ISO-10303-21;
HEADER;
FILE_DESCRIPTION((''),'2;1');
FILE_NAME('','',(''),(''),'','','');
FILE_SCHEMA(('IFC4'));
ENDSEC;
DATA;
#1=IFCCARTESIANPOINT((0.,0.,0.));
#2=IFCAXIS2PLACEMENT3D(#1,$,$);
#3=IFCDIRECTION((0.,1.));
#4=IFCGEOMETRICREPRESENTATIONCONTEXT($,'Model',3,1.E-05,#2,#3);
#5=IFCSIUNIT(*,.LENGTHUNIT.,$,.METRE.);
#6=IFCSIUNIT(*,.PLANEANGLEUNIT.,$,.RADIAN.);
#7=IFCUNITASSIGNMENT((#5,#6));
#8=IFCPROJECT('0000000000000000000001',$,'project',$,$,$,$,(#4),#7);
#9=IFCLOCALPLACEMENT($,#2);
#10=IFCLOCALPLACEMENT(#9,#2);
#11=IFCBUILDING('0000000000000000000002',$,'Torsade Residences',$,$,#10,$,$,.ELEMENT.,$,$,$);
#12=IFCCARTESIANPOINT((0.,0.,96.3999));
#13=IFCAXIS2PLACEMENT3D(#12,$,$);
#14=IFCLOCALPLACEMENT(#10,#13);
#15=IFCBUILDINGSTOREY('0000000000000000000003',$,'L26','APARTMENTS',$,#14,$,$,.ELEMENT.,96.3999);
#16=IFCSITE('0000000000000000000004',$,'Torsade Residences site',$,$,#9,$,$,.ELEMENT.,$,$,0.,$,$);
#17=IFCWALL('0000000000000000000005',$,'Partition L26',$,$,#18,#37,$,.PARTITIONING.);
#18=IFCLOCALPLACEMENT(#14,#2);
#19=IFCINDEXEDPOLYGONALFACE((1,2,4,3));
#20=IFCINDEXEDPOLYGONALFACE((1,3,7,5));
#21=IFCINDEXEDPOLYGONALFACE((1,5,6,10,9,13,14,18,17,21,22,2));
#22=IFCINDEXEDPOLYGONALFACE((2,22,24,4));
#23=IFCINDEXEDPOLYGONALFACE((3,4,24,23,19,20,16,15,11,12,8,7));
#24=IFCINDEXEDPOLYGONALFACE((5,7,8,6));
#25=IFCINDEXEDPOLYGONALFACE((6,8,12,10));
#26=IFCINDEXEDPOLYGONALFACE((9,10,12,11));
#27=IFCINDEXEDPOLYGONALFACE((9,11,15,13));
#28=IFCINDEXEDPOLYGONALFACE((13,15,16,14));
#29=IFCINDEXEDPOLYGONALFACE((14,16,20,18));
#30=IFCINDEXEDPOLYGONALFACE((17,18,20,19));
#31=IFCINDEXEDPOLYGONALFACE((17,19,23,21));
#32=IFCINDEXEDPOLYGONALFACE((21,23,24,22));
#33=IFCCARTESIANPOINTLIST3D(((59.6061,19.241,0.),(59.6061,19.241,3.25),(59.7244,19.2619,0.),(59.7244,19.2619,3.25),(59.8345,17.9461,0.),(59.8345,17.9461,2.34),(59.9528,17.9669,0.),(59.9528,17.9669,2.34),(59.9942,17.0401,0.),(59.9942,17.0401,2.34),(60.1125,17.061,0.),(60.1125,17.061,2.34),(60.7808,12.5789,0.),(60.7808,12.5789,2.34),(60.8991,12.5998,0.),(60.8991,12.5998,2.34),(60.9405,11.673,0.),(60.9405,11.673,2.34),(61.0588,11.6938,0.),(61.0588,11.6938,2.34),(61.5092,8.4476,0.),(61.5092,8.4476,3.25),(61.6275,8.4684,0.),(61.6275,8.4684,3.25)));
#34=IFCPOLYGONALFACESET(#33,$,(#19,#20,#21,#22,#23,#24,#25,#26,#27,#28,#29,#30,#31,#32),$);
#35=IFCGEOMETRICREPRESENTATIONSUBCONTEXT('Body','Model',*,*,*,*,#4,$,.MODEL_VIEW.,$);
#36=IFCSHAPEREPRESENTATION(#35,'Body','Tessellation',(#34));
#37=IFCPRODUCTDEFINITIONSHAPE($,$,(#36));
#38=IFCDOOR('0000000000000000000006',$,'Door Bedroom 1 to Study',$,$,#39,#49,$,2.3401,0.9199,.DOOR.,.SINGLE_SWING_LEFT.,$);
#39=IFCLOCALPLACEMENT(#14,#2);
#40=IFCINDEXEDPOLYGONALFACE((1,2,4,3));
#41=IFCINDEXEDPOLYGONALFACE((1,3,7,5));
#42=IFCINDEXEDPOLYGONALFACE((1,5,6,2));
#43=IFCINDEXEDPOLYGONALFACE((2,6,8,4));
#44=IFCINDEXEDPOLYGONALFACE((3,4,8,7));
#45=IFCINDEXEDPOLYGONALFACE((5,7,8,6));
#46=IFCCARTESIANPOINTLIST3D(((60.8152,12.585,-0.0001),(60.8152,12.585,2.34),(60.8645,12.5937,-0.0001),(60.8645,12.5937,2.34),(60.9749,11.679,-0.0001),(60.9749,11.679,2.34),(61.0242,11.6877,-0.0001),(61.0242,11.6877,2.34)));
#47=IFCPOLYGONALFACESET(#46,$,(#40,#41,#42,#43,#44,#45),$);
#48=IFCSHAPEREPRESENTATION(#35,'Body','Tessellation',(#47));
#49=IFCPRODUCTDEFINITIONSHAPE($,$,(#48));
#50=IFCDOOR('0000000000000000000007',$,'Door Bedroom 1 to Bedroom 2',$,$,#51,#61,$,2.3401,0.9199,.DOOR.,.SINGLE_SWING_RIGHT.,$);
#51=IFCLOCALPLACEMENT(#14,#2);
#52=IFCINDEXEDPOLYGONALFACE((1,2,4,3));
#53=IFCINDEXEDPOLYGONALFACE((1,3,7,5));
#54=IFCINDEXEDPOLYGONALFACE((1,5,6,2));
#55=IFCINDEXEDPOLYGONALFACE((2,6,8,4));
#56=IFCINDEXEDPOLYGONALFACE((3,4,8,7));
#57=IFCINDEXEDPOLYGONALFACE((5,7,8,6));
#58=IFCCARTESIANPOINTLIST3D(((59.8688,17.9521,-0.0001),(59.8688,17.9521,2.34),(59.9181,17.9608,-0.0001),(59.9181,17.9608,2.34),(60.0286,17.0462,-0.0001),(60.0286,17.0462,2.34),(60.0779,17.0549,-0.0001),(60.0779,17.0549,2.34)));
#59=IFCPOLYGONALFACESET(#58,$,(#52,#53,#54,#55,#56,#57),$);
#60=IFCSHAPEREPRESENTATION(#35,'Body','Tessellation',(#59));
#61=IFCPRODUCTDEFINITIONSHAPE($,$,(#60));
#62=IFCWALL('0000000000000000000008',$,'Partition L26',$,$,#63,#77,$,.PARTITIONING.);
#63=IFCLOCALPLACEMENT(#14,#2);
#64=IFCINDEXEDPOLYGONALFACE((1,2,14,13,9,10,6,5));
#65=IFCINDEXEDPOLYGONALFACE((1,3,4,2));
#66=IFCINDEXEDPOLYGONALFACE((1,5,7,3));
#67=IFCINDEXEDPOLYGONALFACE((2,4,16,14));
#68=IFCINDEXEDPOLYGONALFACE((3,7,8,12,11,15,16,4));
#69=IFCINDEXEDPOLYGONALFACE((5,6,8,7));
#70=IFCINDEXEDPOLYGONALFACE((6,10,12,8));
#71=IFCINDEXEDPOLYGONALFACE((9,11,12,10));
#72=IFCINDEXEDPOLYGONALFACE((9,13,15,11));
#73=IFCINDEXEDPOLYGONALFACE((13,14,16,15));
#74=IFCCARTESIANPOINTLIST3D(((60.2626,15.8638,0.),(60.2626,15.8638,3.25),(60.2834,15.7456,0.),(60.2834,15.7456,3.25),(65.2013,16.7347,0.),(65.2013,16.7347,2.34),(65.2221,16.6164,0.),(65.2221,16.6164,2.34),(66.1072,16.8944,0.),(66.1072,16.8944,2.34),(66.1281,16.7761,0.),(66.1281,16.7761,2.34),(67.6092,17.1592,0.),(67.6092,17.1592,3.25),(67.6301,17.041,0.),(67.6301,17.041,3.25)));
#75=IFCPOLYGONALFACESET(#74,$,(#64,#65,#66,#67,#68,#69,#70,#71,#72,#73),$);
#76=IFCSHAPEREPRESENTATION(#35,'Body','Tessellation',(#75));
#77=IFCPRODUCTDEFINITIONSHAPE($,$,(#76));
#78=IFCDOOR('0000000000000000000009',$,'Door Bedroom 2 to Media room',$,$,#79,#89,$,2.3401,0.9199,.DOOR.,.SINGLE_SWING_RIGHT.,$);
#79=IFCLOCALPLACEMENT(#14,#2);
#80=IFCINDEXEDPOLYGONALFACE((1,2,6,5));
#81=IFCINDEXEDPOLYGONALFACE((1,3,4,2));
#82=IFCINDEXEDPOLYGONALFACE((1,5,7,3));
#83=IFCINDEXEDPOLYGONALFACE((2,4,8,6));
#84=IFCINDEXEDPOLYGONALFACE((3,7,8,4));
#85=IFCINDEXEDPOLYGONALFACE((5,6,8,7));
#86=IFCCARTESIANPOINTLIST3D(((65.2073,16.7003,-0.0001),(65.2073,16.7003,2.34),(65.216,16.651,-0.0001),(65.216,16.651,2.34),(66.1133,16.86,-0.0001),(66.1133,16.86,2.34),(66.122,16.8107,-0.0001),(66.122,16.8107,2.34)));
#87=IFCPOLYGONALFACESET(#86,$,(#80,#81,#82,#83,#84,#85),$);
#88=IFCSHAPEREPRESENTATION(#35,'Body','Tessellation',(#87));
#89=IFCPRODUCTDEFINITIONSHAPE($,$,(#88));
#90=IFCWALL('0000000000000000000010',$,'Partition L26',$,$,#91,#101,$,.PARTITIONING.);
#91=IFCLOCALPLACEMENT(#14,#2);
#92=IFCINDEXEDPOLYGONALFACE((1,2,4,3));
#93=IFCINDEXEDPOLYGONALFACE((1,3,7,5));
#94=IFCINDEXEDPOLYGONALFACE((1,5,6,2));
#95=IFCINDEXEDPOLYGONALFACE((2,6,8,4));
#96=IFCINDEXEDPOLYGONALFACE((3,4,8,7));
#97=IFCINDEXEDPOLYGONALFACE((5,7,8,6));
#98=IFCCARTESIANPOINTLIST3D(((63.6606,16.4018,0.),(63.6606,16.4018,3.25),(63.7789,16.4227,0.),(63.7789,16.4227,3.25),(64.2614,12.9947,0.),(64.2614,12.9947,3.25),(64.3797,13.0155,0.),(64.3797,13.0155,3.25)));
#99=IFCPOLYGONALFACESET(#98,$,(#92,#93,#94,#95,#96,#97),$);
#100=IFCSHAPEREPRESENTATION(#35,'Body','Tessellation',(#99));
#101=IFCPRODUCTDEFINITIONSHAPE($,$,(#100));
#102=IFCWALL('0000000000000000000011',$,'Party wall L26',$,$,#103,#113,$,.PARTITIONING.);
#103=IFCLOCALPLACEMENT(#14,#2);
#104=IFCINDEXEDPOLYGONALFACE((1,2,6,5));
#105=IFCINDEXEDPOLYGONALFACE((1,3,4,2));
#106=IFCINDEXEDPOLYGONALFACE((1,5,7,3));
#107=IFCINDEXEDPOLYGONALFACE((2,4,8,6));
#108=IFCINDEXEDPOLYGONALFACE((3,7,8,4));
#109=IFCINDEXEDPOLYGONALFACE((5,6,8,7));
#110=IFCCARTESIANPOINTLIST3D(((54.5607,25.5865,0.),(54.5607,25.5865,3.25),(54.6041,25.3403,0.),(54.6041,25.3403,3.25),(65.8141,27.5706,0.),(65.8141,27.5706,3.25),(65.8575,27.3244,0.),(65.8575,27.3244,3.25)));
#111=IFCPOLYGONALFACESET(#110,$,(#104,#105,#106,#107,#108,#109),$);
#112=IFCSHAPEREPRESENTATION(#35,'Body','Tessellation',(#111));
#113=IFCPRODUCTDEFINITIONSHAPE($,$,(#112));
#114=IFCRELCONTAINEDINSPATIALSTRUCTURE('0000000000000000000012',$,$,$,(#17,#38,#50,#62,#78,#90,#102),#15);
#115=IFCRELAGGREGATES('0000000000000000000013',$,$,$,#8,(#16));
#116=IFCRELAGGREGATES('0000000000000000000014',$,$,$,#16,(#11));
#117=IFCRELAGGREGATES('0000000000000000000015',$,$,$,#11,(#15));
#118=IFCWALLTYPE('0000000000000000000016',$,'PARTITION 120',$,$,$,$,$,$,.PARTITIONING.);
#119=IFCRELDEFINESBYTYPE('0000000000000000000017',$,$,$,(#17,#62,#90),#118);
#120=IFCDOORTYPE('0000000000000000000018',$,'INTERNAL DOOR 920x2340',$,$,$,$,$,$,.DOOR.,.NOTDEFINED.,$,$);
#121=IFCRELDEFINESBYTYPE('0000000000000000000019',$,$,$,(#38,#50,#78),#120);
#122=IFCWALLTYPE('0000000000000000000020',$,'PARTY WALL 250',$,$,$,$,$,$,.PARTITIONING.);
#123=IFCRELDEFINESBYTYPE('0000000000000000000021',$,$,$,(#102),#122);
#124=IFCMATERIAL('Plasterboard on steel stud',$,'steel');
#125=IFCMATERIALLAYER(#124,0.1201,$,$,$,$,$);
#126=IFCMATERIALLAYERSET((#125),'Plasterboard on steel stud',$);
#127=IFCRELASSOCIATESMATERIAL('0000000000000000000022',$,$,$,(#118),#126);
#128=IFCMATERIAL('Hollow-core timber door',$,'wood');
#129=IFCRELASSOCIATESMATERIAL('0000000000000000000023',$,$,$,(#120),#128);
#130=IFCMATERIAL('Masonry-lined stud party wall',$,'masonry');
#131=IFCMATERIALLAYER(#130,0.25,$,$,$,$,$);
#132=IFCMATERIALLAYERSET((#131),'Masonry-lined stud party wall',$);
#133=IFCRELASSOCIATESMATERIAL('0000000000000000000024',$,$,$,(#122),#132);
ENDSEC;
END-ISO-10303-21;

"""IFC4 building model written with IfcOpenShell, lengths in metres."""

from ifc_helpers import new_model, si_unit, direction, frame, frame_2d, origin, place, context, subcontext, project, spatial, rectangle, extrude, material, layer, layer_set, type_object, element, fill, save


model = new_model("IFC4")

# Units and contexts
model_context = context("Model", 3, precision=1e-05, world=origin(), true_north=direction((0.0, 1.0)))
body_context = subcontext(model_context, "Body", "Model", "MODEL_VIEW")
ifc_project = project(units=[si_unit("LENGTHUNIT", "METRE"), si_unit("PLANEANGLEUNIT", "RADIAN")], contexts=[model_context])

# Site, building, storey
site_placement = place(None, origin())
site = spatial("IfcSite", under=ifc_project, at=site_placement, Name="Torsade Residences site", CompositionType="ELEMENT", RefElevation=0.0)
building_placement = place(site_placement, origin())
building = spatial("IfcBuilding", under=site, at=building_placement, Name="Torsade Residences", CompositionType="ELEMENT")
storey_placement = place(building_placement, frame((0.0, 0.0, 96.3999)))
storey = spatial("IfcBuildingStorey", under=building, at=storey_placement, Name="L26", Description="APARTMENTS", CompositionType="ELEMENT", Elevation=96.3999)

# Shared definitions
ifc_material_1 = material(Name="Plasterboard on steel stud", Category="steel")
ifc_layer_1 = layer(ifc_material_1, 0.1201)
ifc_layer_set_1 = layer_set([ifc_layer_1], Name="Plasterboard on steel stud")
wall_type_1 = type_object("IfcWallType", Name="PARTITION 120", PredefinedType="PARTITIONING", material=ifc_layer_set_1)

# Shared definitions
ifc_material_2 = material(Name="Hollow-core timber door", Category="wood")
door_type_1 = type_object("IfcDoorType", Name="INTERNAL DOOR 920x2340", OperationType="NOTDEFINED", PredefinedType="DOOR", material=ifc_material_2)

# Wall, openings, doors
wall_1_placement = place(storey_placement, frame((59.6653, 19.2515, 0.0), z_axis=(0.0, 0.0, 1.0), x_axis=(0.173639, -0.984809, 0.0)))
wall_1 = element("IfcWall", 1, at=wall_1_placement, inside=storey, type_object=wall_type_1, Name="Partition L26", PredefinedType="PARTITIONING", context=body_context, shape_type="SweptSolid", body=[
    extrude(rectangle(XDim=10.96, YDim=0.1201, at=frame_2d((5.48, 0.0))), origin(), (0.0, 0.0, 1.0), 3.25),
])
opening_1_placement = place(wall_1_placement, frame((6.7649, 0.0, 0.0)))
opening_1 = element("IfcOpeningElement", 2, at=opening_1_placement, cuts=wall_1, PredefinedType="OPENING", context=body_context, shape_type="SweptSolid", body=[
    extrude(rectangle(XDim=0.9199, YDim=2.3401, at=frame_2d((0.46, 1.1699))), frame((0.0, 0.0701, 0.0), z_axis=(0.0, -1.0, 0.0), x_axis=(1.0, 0.0, 0.0)), (0.0, 0.0, 1.0), 0.1401),
])
opening_2_placement = place(wall_1_placement, frame((1.3149, 0.0, 0.0)))
opening_2 = element("IfcOpeningElement", 3, at=opening_2_placement, cuts=wall_1, PredefinedType="OPENING", context=body_context, shape_type="SweptSolid", body=[
    extrude(rectangle(XDim=0.9199, YDim=2.3401, at=frame_2d((0.46, 1.1699))), frame((0.0, 0.0701, 0.0), z_axis=(0.0, -1.0, 0.0), x_axis=(1.0, 0.0, 0.0)), (0.0, 0.0, 1.0), 0.1401),
])
door_1_placement = place(opening_1_placement, origin())
door_1 = element("IfcDoor", 4, at=door_1_placement, inside=storey, type_object=door_type_1, Name="Door Bedroom 1 to Study", OperationType="SINGLE_SWING_LEFT", OverallHeight=2.3401, OverallWidth=0.9199, PredefinedType="DOOR", context=body_context, shape_type="SweptSolid", body=[
    extrude(rectangle(XDim=0.9199, YDim=2.3401, at=frame_2d((0.46, 1.1699))), frame((0.0, 0.0249, 0.0), z_axis=(0.0, -1.0, 0.0), x_axis=(1.0, 0.0, 0.0)), (0.0, 0.0, 1.0), 0.05),
])
fill(opening_1, door_1)
door_2_placement = place(opening_2_placement, origin())
door_2 = element("IfcDoor", 5, at=door_2_placement, inside=storey, type_object=door_type_1, Name="Door Bedroom 1 to Bedroom 2", OperationType="SINGLE_SWING_RIGHT", OverallHeight=2.3401, OverallWidth=0.9199, PredefinedType="DOOR", context=body_context, shape_type="SweptSolid", body=[
    extrude(rectangle(XDim=0.9199, YDim=2.3401, at=frame_2d((0.46, 1.1699))), frame((0.0, 0.0249, 0.0), z_axis=(0.0, -1.0, 0.0), x_axis=(1.0, 0.0, 0.0)), (0.0, 0.0, 1.0), 0.05),
])
fill(opening_2, door_2)

# Wall, opening, door
wall_2_placement = place(storey_placement, frame((67.6196, 17.1001, 0.0), z_axis=(0.0, 0.0, 1.0), x_axis=(-0.984808, -0.173647, 0.0)))
wall_2 = element("IfcWall", 6, at=wall_2_placement, inside=storey, type_object=wall_type_1, Name="Partition L26", PredefinedType="PARTITIONING", context=body_context, shape_type="SweptSolid", body=[
    extrude(rectangle(XDim=7.46, YDim=0.1201, at=frame_2d((3.73, 0.0))), origin(), (0.0, 0.0, 1.0), 3.25),
])
opening_3_placement = place(wall_2_placement, frame((1.5251, 0.0, 0.0)))
opening_3 = element("IfcOpeningElement", 7, at=opening_3_placement, cuts=wall_2, PredefinedType="OPENING", context=body_context, shape_type="SweptSolid", body=[
    extrude(rectangle(XDim=0.9199, YDim=2.3401, at=frame_2d((0.46, 1.1699))), frame((0.0, 0.0701, 0.0), z_axis=(0.0, -1.0, 0.0), x_axis=(1.0, 0.0, 0.0)), (0.0, 0.0, 1.0), 0.1401),
])
door_3_placement = place(opening_3_placement, origin())
door_3 = element("IfcDoor", 8, at=door_3_placement, inside=storey, type_object=door_type_1, Name="Door Bedroom 2 to Media room", OperationType="SINGLE_SWING_RIGHT", OverallHeight=2.3401, OverallWidth=0.9199, PredefinedType="DOOR", context=body_context, shape_type="SweptSolid", body=[
    extrude(rectangle(XDim=0.9199, YDim=2.3401, at=frame_2d((0.46, 1.1699))), frame((0.0, 0.0249, 0.0), z_axis=(0.0, -1.0, 0.0), x_axis=(1.0, 0.0, 0.0)), (0.0, 0.0, 1.0), 0.05),
])
fill(opening_3, door_3)

# Walls
wall_3_placement = place(storey_placement, frame((63.7197, 16.4124, 0.0), z_axis=(0.0, 0.0, 1.0), x_axis=(0.173661, -0.984806, 0.0)))
element("IfcWall", 9, at=wall_3_placement, inside=storey, type_object=wall_type_1, Name="Partition L26", PredefinedType="PARTITIONING", context=body_context, shape_type="SweptSolid", body=[
    extrude(rectangle(XDim=3.4597, YDim=0.1201, at=frame_2d((1.73, 0.0))), origin(), (0.0, 0.0, 1.0), 3.25),
])
ifc_material_3 = material(Name="Masonry-lined stud party wall", Category="masonry")
ifc_layer_2 = layer(ifc_material_3, 0.25)
ifc_layer_set_2 = layer_set([ifc_layer_2], Name="Masonry-lined stud party wall")
wall_type_2 = type_object("IfcWallType", Name="PARTY WALL 250", PredefinedType="PARTITIONING", material=ifc_layer_set_2)
wall_4_placement = place(storey_placement, frame((65.8357, 27.4475, 0.0), z_axis=(0.0, 0.0, 1.0), x_axis=(-0.98481, -0.173635, 0.0)))
element("IfcWall", 10, at=wall_4_placement, inside=storey, type_object=wall_type_2, Name="Party wall L26", PredefinedType="PARTITIONING", context=body_context, shape_type="SweptSolid", body=[
    extrude(rectangle(XDim=11.427, YDim=0.25, at=frame_2d((5.7134, 0.0))), origin(), (0.0, 0.0, 1.0), 3.25),
])

save(model, "model.ifc")
